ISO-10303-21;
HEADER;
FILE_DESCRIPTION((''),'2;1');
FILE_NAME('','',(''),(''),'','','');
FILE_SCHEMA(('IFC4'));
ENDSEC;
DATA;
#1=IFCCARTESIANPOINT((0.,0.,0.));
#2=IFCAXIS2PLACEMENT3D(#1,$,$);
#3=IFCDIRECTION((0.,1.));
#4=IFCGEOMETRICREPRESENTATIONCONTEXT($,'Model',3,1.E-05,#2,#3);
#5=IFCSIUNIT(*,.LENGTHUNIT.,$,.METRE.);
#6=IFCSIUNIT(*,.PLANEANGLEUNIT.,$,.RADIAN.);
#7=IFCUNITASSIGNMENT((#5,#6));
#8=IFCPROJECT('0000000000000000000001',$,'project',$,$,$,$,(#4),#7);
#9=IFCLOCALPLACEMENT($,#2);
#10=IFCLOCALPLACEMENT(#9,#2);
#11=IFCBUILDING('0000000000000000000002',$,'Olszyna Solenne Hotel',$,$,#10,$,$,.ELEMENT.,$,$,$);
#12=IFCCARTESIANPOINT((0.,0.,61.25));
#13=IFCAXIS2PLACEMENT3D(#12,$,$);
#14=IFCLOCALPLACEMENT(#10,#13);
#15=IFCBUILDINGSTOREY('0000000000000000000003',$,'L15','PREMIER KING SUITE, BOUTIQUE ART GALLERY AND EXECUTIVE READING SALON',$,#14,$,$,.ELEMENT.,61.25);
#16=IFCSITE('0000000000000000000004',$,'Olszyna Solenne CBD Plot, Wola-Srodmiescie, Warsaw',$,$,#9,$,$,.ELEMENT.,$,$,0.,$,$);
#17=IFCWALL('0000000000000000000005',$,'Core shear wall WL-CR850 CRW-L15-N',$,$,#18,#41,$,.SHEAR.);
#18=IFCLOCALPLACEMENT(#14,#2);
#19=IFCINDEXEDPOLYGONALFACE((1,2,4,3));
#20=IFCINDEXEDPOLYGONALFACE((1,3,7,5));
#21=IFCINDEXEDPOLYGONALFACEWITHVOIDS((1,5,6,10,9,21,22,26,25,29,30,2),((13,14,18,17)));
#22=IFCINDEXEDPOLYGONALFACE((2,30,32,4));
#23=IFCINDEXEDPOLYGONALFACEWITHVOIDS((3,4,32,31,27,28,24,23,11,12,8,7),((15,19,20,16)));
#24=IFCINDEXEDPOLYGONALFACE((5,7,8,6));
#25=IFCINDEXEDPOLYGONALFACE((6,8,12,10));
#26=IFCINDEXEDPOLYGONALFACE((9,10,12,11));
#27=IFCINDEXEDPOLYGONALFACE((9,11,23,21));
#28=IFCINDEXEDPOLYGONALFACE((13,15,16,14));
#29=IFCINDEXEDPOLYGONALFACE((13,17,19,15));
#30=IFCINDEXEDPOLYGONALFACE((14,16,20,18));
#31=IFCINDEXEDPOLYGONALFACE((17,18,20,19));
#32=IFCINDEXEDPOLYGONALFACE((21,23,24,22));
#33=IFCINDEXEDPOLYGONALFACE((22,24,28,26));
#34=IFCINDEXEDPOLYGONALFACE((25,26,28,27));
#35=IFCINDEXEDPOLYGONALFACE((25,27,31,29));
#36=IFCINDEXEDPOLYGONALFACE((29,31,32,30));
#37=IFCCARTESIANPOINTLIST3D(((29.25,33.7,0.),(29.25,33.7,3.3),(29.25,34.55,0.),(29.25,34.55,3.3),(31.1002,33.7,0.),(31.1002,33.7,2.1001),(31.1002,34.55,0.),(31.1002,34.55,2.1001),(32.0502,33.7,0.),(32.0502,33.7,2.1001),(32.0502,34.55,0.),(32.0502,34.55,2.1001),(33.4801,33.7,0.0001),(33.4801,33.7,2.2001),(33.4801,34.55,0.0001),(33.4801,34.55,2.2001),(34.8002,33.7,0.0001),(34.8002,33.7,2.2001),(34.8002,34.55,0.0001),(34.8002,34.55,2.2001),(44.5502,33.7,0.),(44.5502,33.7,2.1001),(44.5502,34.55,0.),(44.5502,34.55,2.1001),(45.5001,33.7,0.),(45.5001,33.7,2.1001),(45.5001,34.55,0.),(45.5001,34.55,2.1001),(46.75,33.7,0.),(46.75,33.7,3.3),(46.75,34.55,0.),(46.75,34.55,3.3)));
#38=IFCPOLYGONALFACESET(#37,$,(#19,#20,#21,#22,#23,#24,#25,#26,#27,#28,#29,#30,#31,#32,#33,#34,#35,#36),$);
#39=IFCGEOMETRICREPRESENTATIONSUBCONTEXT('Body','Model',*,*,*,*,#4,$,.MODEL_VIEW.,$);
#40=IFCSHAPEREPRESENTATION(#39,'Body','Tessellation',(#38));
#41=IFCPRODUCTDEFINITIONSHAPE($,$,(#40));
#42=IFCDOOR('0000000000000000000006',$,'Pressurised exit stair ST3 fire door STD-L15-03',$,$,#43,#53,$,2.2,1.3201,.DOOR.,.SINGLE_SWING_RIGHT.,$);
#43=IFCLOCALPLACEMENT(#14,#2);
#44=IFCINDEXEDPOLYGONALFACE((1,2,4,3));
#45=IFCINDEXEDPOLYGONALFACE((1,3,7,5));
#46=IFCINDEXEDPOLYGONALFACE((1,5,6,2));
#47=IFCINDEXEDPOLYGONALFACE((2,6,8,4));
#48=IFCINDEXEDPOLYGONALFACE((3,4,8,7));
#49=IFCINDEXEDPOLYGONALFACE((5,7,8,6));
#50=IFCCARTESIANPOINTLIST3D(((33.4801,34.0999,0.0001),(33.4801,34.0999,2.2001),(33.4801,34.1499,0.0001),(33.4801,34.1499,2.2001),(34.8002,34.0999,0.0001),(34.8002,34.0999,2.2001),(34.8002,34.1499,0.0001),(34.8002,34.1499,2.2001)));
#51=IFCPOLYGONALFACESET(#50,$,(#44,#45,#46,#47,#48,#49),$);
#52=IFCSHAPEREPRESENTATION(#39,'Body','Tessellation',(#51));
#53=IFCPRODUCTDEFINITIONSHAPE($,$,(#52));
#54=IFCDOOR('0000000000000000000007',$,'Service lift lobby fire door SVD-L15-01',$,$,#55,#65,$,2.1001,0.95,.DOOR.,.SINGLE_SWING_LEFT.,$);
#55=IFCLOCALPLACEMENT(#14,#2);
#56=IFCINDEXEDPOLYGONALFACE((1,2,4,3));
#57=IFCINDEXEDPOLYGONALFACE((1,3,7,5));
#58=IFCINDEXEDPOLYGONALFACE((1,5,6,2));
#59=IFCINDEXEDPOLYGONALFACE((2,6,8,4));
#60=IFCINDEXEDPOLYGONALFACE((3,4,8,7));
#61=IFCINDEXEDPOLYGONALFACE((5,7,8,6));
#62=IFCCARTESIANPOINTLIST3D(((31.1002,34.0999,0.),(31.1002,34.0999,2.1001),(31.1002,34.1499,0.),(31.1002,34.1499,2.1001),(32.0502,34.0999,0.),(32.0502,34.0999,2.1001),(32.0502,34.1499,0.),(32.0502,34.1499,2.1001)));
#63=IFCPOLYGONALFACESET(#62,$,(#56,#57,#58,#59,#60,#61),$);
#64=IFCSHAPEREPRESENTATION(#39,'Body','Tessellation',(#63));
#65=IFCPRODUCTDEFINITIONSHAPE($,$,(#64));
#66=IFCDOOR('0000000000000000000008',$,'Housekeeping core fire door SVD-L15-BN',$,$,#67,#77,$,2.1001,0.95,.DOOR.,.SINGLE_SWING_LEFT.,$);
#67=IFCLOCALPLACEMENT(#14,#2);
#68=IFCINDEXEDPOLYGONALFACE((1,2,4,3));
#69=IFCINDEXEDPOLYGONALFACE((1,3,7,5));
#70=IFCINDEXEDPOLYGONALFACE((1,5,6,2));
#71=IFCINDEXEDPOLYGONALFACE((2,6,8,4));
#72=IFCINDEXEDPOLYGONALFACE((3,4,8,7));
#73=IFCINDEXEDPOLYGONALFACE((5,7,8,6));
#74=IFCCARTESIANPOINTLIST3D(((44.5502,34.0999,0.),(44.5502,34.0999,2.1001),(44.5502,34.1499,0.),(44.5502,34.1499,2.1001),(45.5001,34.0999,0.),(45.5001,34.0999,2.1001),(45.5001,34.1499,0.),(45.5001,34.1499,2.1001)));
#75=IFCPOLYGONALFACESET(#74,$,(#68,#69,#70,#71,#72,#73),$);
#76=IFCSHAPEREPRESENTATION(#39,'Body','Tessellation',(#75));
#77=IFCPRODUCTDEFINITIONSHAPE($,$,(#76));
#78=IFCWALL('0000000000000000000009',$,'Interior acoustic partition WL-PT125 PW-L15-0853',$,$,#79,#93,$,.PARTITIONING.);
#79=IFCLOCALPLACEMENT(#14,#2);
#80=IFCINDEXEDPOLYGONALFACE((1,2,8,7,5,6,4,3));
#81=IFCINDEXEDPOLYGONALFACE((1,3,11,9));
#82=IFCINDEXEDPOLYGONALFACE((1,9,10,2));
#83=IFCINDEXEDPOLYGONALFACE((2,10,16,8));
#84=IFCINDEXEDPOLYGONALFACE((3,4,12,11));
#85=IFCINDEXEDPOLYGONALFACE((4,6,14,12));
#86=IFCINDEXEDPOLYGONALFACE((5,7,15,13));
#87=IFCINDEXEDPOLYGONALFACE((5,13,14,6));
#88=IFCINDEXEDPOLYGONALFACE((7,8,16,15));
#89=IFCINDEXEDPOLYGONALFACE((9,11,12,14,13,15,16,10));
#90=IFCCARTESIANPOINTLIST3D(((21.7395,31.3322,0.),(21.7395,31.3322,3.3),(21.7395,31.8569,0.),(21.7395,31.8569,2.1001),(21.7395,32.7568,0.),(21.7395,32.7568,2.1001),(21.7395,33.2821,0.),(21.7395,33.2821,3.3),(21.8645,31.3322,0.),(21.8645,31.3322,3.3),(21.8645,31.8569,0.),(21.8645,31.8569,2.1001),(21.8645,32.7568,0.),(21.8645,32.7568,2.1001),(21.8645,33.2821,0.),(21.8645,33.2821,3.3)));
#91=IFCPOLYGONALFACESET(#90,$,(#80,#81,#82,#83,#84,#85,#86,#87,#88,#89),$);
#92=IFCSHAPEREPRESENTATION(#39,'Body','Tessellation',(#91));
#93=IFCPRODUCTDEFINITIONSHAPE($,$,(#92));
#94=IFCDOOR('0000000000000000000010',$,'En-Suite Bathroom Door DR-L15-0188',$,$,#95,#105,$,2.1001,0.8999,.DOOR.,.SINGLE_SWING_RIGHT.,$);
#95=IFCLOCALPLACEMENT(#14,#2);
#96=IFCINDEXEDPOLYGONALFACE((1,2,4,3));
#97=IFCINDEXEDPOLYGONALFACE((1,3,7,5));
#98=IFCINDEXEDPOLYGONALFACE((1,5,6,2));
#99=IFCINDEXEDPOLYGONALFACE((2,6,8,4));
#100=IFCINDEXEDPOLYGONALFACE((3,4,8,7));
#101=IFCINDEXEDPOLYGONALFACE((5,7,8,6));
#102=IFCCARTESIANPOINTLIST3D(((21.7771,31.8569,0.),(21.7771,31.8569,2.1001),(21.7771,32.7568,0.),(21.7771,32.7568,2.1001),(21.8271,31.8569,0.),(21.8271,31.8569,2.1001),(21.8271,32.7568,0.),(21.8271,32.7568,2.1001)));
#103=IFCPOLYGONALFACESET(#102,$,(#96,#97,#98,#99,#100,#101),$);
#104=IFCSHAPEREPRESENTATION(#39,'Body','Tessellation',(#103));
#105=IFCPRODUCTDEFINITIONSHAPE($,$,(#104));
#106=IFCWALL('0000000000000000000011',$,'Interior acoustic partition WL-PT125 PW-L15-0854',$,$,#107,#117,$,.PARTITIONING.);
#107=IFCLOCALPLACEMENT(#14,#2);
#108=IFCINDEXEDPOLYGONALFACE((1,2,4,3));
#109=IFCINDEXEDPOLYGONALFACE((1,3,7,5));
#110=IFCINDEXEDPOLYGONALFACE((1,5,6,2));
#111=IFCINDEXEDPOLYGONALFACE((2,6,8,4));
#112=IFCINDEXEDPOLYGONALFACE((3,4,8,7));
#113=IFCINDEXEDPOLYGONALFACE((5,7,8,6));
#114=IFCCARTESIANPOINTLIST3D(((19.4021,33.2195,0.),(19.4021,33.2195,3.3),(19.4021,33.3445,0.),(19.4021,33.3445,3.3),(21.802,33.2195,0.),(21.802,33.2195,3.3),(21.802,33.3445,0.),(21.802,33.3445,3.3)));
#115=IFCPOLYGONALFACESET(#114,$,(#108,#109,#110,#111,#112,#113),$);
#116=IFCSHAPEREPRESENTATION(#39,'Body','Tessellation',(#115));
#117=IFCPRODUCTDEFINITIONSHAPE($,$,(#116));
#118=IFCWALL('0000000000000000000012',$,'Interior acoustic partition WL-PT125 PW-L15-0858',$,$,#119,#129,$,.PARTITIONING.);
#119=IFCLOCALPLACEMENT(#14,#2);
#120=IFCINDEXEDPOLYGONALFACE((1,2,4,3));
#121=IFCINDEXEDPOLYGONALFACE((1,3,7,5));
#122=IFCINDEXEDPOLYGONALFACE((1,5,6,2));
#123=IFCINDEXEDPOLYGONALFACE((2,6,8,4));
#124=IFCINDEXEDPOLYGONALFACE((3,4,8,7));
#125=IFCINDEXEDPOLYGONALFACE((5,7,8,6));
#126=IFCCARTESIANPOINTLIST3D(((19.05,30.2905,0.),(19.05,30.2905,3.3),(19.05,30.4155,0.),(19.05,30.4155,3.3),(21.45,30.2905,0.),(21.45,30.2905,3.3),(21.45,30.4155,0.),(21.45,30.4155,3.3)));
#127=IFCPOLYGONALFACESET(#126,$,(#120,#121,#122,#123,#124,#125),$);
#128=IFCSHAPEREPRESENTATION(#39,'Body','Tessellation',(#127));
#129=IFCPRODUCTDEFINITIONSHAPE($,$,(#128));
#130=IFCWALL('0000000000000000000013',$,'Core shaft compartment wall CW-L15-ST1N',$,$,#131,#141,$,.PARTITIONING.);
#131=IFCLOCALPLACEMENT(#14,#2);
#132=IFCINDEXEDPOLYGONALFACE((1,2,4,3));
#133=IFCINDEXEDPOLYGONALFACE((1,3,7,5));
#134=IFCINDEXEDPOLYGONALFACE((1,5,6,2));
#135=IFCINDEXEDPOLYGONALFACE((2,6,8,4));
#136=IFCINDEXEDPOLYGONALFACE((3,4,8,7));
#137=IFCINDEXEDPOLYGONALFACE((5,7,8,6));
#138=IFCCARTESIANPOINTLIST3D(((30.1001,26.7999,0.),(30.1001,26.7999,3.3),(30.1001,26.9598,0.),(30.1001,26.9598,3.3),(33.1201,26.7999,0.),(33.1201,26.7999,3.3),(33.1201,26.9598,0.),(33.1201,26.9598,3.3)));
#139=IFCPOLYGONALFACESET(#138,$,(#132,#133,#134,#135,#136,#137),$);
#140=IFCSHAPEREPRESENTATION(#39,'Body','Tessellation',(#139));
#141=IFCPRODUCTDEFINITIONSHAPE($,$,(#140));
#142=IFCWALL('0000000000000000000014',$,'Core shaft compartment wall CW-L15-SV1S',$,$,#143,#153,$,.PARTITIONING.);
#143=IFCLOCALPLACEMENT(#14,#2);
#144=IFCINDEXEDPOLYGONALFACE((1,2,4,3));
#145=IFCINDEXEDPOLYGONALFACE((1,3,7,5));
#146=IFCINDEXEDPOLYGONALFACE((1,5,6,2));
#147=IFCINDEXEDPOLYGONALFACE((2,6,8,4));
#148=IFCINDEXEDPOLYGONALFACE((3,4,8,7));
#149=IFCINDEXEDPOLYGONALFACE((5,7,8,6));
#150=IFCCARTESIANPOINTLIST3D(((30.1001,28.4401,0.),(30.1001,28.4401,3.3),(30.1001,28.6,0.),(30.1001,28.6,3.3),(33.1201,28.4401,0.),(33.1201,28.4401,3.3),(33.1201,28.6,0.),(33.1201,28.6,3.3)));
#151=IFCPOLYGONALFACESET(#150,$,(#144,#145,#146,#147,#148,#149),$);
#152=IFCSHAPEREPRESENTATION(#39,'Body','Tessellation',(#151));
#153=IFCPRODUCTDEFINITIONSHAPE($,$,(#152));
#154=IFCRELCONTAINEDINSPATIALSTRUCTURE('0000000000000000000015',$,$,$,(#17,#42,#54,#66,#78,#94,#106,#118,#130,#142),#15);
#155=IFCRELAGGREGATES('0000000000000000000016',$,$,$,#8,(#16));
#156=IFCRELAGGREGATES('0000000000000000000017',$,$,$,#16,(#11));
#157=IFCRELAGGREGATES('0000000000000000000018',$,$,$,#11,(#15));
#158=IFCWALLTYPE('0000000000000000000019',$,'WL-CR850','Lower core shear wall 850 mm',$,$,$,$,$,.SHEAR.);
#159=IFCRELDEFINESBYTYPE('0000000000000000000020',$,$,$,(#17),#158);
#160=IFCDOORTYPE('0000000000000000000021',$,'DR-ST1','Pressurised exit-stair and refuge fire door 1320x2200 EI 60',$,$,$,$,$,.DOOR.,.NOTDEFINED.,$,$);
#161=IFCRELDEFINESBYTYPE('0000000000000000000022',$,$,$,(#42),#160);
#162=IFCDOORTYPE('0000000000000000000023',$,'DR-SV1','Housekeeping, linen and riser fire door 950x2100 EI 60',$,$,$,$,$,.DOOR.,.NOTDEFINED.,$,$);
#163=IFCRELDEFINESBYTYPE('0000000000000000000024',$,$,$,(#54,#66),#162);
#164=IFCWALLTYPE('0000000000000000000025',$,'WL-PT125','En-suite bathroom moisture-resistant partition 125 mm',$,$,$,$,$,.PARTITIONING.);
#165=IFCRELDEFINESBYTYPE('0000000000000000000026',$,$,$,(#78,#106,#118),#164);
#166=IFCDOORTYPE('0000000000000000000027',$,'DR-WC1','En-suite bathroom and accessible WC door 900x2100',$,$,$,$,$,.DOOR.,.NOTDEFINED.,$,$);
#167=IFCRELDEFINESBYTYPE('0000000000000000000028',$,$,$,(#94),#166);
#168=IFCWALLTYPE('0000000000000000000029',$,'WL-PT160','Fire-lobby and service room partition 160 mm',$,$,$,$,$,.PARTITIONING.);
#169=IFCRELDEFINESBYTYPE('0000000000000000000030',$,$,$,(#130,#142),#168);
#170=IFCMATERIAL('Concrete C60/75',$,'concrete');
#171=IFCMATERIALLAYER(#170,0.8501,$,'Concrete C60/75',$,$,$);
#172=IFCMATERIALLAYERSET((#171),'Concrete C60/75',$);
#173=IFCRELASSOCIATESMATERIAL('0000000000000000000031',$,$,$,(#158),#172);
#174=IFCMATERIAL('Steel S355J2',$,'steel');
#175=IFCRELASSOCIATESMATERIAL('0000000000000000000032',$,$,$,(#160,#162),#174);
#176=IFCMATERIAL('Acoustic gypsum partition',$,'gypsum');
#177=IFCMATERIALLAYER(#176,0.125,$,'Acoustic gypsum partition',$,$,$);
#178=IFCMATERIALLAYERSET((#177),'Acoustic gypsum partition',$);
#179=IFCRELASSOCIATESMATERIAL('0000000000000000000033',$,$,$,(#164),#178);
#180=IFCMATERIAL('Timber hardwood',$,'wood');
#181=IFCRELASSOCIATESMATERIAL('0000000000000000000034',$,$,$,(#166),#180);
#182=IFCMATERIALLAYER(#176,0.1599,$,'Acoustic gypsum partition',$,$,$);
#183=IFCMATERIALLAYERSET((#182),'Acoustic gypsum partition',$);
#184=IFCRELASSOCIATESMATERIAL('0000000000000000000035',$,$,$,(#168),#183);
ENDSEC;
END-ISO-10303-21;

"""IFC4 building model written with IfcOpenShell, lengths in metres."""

from ifc_helpers import new_model, si_unit, direction, frame, frame_2d, origin, place, context, subcontext, project, spatial, rectangle, extrude, source, transform, mapped, material, layer, layer_set, type_object, type_shapes, element, fill, save


model = new_model("IFC4")

# Units and contexts
model_context = context("Model", 3, precision=1e-05, world=origin(), true_north=direction((0.0, 1.0)))
body_context = subcontext(model_context, "Body", "Model", "MODEL_VIEW")
ifc_project = project(units=[si_unit("LENGTHUNIT", "METRE"), si_unit("PLANEANGLEUNIT", "RADIAN")], contexts=[model_context])

# Site, building, storey
site_placement = place(None, origin())
site = spatial("IfcSite", under=ifc_project, at=site_placement, Name="Olszyna Solenne CBD Plot, Wola-Srodmiescie, Warsaw", CompositionType="ELEMENT", RefElevation=0.0)
building_placement = place(site_placement, origin())
building = spatial("IfcBuilding", under=site, at=building_placement, Name="Olszyna Solenne Hotel", CompositionType="ELEMENT")
storey_placement = place(building_placement, frame((0.0, 0.0, 61.25)))
storey = spatial("IfcBuildingStorey", under=building, at=storey_placement, Name="L15", Description="PREMIER KING SUITE, BOUTIQUE ART GALLERY AND EXECUTIVE READING SALON", CompositionType="ELEMENT", Elevation=61.25)

# Wall, openings, doors
ifc_material_1 = material(Name="Concrete C60/75", Category="concrete")
ifc_layer_1 = layer(ifc_material_1, 0.8501, Name="Concrete C60/75")
ifc_layer_set_1 = layer_set([ifc_layer_1], Name="Concrete C60/75")
wall_type_1 = type_object("IfcWallType", Name="WL-CR850", Description="Lower core shear wall 850 mm", PredefinedType="SHEAR", material=ifc_layer_set_1)
wall_1_placement = place(storey_placement, frame((29.25, 34.125, 0.0), z_axis=(0.0, 0.0, 1.0), x_axis=(1.0, 0.0, 0.0)))
wall_1 = element("IfcWall", 1, at=wall_1_placement, inside=storey, type_object=wall_type_1, Name="Core shear wall WL-CR850 CRW-L15-N", PredefinedType="SHEAR", context=body_context, shape_type="SweptSolid", body=[
    extrude(rectangle(XDim=17.5, YDim=0.8501, at=frame_2d((8.75, 0.0))), origin(), (0.0, 0.0, 1.0), 3.3),
])
opening_1_placement = place(wall_1_placement, frame((1.8501, 0.0, 0.0)))
opening_1 = element("IfcOpeningElement", 2, at=opening_1_placement, cuts=wall_1, PredefinedType="OPENING", context=body_context, shape_type="SweptSolid", body=[
    extrude(rectangle(XDim=0.95, YDim=2.1001, at=frame_2d((0.4751, 1.05))), frame((0.0, 0.4351, 0.0), z_axis=(0.0, -1.0, 0.0), x_axis=(1.0, 0.0, 0.0)), (0.0, 0.0, 1.0), 0.8701),
])
opening_2_placement = place(wall_1_placement, frame((4.23, 0.0, 0.0)))
opening_2 = element("IfcOpeningElement", 3, at=opening_2_placement, cuts=wall_1, PredefinedType="OPENING", context=body_context, shape_type="SweptSolid", body=[
    extrude(rectangle(XDim=1.3201, YDim=2.2, at=frame_2d((0.6602, 1.1001))), frame((0.0, 0.4351, 0.0), z_axis=(0.0, -1.0, 0.0), x_axis=(1.0, 0.0, 0.0)), (0.0, 0.0, 1.0), 0.8701),
])
opening_3_placement = place(wall_1_placement, frame((15.3, 0.0, 0.0)))
opening_3 = element("IfcOpeningElement", 4, at=opening_3_placement, cuts=wall_1, PredefinedType="OPENING", context=body_context, shape_type="SweptSolid", body=[
    extrude(rectangle(XDim=0.95, YDim=2.1001, at=frame_2d((0.4751, 1.05))), frame((0.0, 0.4351, 0.0), z_axis=(0.0, -1.0, 0.0), x_axis=(1.0, 0.0, 0.0)), (0.0, 0.0, 1.0), 0.8701),
])
ifc_material_2 = material(Name="Steel S355J2", Category="steel")
door_type_1 = type_object("IfcDoorType", Name="DR-ST1", Description="Pressurised exit-stair and refuge fire door 1320x2200 EI 60", OperationType="NOTDEFINED", PredefinedType="DOOR", material=ifc_material_2)
shared_shape_1 = source(origin(), body_context, "Body", "SweptSolid", [
    extrude(rectangle(XDim=1.3201, YDim=2.2, at=frame_2d((0.6602, 1.1001))), frame((0.0, 0.0249, 0.0), z_axis=(0.0, -1.0, 0.0), x_axis=(1.0, 0.0, 0.0)), (0.0, 0.0, 1.0), 0.05),
])
type_shapes(door_type_1, [shared_shape_1])
door_1_placement = place(opening_2_placement, origin())
door_1 = element("IfcDoor", 5, at=door_1_placement, inside=storey, type_object=door_type_1, Name="Pressurised exit stair ST3 fire door STD-L15-03", OperationType="SINGLE_SWING_RIGHT", OverallHeight=2.2, OverallWidth=1.3201, PredefinedType="DOOR", context=body_context, shape_type="MappedRepresentation", body=[
    mapped(shared_shape_1, transform((0.0, 0.0, 0.0), x_axis=(1.0, 0.0, 0.0), y_axis=(0.0, 1.0, 0.0), z_axis=(0.0, 0.0, 1.0), scale=1.0)),
])
fill(opening_2, door_1)
door_type_2 = type_object("IfcDoorType", Name="DR-SV1", Description="Housekeeping, linen and riser fire door 950x2100 EI 60", OperationType="NOTDEFINED", PredefinedType="DOOR", material=ifc_material_2)
shared_shape_2 = source(origin(), body_context, "Body", "SweptSolid", [
    extrude(rectangle(XDim=0.95, YDim=2.1001, at=frame_2d((0.4751, 1.05))), frame((0.0, 0.0249, 0.0), z_axis=(0.0, -1.0, 0.0), x_axis=(1.0, 0.0, 0.0)), (0.0, 0.0, 1.0), 0.05),
])
type_shapes(door_type_2, [shared_shape_2])
door_2_placement = place(opening_1_placement, origin())
door_2 = element("IfcDoor", 6, at=door_2_placement, inside=storey, type_object=door_type_2, Name="Service lift lobby fire door SVD-L15-01", OperationType="SINGLE_SWING_LEFT", OverallHeight=2.1001, OverallWidth=0.95, PredefinedType="DOOR", context=body_context, shape_type="MappedRepresentation", body=[
    mapped(shared_shape_2, transform((0.0, 0.0, 0.0), x_axis=(1.0, 0.0, 0.0), y_axis=(0.0, 1.0, 0.0), z_axis=(0.0, 0.0, 1.0), scale=1.0)),
])
fill(opening_1, door_2)
door_3_placement = place(opening_3_placement, origin())
door_3 = element("IfcDoor", 7, at=door_3_placement, inside=storey, type_object=door_type_2, Name="Housekeeping core fire door SVD-L15-BN", OperationType="SINGLE_SWING_LEFT", OverallHeight=2.1001, OverallWidth=0.95, PredefinedType="DOOR", context=body_context, shape_type="MappedRepresentation", body=[
    mapped(shared_shape_2, transform((0.0, 0.0, 0.0), x_axis=(1.0, 0.0, 0.0), y_axis=(0.0, 1.0, 0.0), z_axis=(0.0, 0.0, 1.0), scale=1.0)),
])
fill(opening_3, door_3)

# Wall, opening, door
ifc_material_3 = material(Name="Acoustic gypsum partition", Category="gypsum")
ifc_layer_2 = layer(ifc_material_3, 0.125, Name="Acoustic gypsum partition")
ifc_layer_set_2 = layer_set([ifc_layer_2], Name="Acoustic gypsum partition")
wall_type_2 = type_object("IfcWallType", Name="WL-PT125", Description="En-suite bathroom moisture-resistant partition 125 mm", PredefinedType="PARTITIONING", material=ifc_layer_set_2)
wall_2_placement = place(storey_placement, frame((21.802, 31.332, 0.0), z_axis=(0.0, 0.0, 1.0), x_axis=(0.0, 1.0, 0.0)))
wall_2 = element("IfcWall", 8, at=wall_2_placement, inside=storey, type_object=wall_type_2, Name="Interior acoustic partition WL-PT125 PW-L15-0853", PredefinedType="PARTITIONING", context=body_context, shape_type="SweptSolid", body=[
    extrude(rectangle(XDim=1.95, YDim=0.125, at=frame_2d((0.9751, 0.0))), origin(), (0.0, 0.0, 1.0), 3.3),
])
opening_4_placement = place(wall_2_placement, frame((0.5249, 0.0, 0.0)))
opening_4 = element("IfcOpeningElement", 9, at=opening_4_placement, cuts=wall_2, PredefinedType="OPENING", context=body_context, shape_type="SweptSolid", body=[
    extrude(rectangle(XDim=0.8999, YDim=2.1001, at=frame_2d((0.45, 1.05))), frame((0.0, 0.0725, 0.0), z_axis=(0.0, -1.0, 0.0), x_axis=(1.0, 0.0, 0.0)), (0.0, 0.0, 1.0), 0.145),
])
ifc_material_4 = material(Name="Timber hardwood", Category="wood")
door_type_3 = type_object("IfcDoorType", Name="DR-WC1", Description="En-suite bathroom and accessible WC door 900x2100", OperationType="NOTDEFINED", PredefinedType="DOOR", material=ifc_material_4)
shared_shape_3 = source(origin(), body_context, "Body", "SweptSolid", [
    extrude(rectangle(XDim=0.8999, YDim=2.1001, at=frame_2d((0.45, 1.05))), frame((0.0, 0.0249, 0.0), z_axis=(0.0, -1.0, 0.0), x_axis=(1.0, 0.0, 0.0)), (0.0, 0.0, 1.0), 0.05),
])
type_shapes(door_type_3, [shared_shape_3])
door_4_placement = place(opening_4_placement, origin())
door_4 = element("IfcDoor", 10, at=door_4_placement, inside=storey, type_object=door_type_3, Name="En-Suite Bathroom Door DR-L15-0188", OperationType="SINGLE_SWING_RIGHT", OverallHeight=2.1001, OverallWidth=0.8999, PredefinedType="DOOR", context=body_context, shape_type="MappedRepresentation", body=[
    mapped(shared_shape_3, transform((0.0, 0.0, 0.0), x_axis=(1.0, 0.0, 0.0), y_axis=(0.0, 1.0, 0.0), z_axis=(0.0, 0.0, 1.0), scale=1.0)),
])
fill(opening_4, door_4)

# Walls
for number, where, z_axis, x_axis, name in (
    (11, (21.802, 33.282, 0.0), (0.0, 0.0, 1.0), (-1.0, 0.0, 0.0), "Interior acoustic partition WL-PT125 PW-L15-0854"),
    (12, (21.45, 30.353, 0.0), (0.0, 0.0, 1.0), (-1.0, 0.0, 0.0), "Interior acoustic partition WL-PT125 PW-L15-0858"),
):
    element("IfcWall", number, at=place(storey_placement, frame(where, z_axis=z_axis, x_axis=x_axis)), inside=storey, type_object=wall_type_2, Name=name, PredefinedType="PARTITIONING", context=body_context, shape_type="SweptSolid", body=[
        extrude(rectangle(XDim=2.3999, YDim=0.125, at=frame_2d((1.2, 0.0))), origin(), (0.0, 0.0, 1.0), 3.3),
    ])
ifc_layer_3 = layer(ifc_material_3, 0.1599, Name="Acoustic gypsum partition")
ifc_layer_set_3 = layer_set([ifc_layer_3], Name="Acoustic gypsum partition")
wall_type_3 = type_object("IfcWallType", Name="WL-PT160", Description="Fire-lobby and service room partition 160 mm", PredefinedType="PARTITIONING", material=ifc_layer_set_3)
for number, where, z_axis, x_axis, name in (
    (13, (30.1001, 26.8799, 0.0), (0.0, 0.0, 1.0), (1.0, 0.0, 0.0), "Core shaft compartment wall CW-L15-ST1N"),
    (14, (30.1001, 28.52, 0.0), (0.0, 0.0, 1.0), (1.0, 0.0, 0.0), "Core shaft compartment wall CW-L15-SV1S"),
):
    element("IfcWall", number, at=place(storey_placement, frame(where, z_axis=z_axis, x_axis=x_axis)), inside=storey, type_object=wall_type_3, Name=name, PredefinedType="PARTITIONING", context=body_context, shape_type="SweptSolid", body=[
        extrude(rectangle(XDim=3.02, YDim=0.1599, at=frame_2d((1.51, 0.0))), origin(), (0.0, 0.0, 1.0), 3.3),
    ])

save(model, "model.ifc")
